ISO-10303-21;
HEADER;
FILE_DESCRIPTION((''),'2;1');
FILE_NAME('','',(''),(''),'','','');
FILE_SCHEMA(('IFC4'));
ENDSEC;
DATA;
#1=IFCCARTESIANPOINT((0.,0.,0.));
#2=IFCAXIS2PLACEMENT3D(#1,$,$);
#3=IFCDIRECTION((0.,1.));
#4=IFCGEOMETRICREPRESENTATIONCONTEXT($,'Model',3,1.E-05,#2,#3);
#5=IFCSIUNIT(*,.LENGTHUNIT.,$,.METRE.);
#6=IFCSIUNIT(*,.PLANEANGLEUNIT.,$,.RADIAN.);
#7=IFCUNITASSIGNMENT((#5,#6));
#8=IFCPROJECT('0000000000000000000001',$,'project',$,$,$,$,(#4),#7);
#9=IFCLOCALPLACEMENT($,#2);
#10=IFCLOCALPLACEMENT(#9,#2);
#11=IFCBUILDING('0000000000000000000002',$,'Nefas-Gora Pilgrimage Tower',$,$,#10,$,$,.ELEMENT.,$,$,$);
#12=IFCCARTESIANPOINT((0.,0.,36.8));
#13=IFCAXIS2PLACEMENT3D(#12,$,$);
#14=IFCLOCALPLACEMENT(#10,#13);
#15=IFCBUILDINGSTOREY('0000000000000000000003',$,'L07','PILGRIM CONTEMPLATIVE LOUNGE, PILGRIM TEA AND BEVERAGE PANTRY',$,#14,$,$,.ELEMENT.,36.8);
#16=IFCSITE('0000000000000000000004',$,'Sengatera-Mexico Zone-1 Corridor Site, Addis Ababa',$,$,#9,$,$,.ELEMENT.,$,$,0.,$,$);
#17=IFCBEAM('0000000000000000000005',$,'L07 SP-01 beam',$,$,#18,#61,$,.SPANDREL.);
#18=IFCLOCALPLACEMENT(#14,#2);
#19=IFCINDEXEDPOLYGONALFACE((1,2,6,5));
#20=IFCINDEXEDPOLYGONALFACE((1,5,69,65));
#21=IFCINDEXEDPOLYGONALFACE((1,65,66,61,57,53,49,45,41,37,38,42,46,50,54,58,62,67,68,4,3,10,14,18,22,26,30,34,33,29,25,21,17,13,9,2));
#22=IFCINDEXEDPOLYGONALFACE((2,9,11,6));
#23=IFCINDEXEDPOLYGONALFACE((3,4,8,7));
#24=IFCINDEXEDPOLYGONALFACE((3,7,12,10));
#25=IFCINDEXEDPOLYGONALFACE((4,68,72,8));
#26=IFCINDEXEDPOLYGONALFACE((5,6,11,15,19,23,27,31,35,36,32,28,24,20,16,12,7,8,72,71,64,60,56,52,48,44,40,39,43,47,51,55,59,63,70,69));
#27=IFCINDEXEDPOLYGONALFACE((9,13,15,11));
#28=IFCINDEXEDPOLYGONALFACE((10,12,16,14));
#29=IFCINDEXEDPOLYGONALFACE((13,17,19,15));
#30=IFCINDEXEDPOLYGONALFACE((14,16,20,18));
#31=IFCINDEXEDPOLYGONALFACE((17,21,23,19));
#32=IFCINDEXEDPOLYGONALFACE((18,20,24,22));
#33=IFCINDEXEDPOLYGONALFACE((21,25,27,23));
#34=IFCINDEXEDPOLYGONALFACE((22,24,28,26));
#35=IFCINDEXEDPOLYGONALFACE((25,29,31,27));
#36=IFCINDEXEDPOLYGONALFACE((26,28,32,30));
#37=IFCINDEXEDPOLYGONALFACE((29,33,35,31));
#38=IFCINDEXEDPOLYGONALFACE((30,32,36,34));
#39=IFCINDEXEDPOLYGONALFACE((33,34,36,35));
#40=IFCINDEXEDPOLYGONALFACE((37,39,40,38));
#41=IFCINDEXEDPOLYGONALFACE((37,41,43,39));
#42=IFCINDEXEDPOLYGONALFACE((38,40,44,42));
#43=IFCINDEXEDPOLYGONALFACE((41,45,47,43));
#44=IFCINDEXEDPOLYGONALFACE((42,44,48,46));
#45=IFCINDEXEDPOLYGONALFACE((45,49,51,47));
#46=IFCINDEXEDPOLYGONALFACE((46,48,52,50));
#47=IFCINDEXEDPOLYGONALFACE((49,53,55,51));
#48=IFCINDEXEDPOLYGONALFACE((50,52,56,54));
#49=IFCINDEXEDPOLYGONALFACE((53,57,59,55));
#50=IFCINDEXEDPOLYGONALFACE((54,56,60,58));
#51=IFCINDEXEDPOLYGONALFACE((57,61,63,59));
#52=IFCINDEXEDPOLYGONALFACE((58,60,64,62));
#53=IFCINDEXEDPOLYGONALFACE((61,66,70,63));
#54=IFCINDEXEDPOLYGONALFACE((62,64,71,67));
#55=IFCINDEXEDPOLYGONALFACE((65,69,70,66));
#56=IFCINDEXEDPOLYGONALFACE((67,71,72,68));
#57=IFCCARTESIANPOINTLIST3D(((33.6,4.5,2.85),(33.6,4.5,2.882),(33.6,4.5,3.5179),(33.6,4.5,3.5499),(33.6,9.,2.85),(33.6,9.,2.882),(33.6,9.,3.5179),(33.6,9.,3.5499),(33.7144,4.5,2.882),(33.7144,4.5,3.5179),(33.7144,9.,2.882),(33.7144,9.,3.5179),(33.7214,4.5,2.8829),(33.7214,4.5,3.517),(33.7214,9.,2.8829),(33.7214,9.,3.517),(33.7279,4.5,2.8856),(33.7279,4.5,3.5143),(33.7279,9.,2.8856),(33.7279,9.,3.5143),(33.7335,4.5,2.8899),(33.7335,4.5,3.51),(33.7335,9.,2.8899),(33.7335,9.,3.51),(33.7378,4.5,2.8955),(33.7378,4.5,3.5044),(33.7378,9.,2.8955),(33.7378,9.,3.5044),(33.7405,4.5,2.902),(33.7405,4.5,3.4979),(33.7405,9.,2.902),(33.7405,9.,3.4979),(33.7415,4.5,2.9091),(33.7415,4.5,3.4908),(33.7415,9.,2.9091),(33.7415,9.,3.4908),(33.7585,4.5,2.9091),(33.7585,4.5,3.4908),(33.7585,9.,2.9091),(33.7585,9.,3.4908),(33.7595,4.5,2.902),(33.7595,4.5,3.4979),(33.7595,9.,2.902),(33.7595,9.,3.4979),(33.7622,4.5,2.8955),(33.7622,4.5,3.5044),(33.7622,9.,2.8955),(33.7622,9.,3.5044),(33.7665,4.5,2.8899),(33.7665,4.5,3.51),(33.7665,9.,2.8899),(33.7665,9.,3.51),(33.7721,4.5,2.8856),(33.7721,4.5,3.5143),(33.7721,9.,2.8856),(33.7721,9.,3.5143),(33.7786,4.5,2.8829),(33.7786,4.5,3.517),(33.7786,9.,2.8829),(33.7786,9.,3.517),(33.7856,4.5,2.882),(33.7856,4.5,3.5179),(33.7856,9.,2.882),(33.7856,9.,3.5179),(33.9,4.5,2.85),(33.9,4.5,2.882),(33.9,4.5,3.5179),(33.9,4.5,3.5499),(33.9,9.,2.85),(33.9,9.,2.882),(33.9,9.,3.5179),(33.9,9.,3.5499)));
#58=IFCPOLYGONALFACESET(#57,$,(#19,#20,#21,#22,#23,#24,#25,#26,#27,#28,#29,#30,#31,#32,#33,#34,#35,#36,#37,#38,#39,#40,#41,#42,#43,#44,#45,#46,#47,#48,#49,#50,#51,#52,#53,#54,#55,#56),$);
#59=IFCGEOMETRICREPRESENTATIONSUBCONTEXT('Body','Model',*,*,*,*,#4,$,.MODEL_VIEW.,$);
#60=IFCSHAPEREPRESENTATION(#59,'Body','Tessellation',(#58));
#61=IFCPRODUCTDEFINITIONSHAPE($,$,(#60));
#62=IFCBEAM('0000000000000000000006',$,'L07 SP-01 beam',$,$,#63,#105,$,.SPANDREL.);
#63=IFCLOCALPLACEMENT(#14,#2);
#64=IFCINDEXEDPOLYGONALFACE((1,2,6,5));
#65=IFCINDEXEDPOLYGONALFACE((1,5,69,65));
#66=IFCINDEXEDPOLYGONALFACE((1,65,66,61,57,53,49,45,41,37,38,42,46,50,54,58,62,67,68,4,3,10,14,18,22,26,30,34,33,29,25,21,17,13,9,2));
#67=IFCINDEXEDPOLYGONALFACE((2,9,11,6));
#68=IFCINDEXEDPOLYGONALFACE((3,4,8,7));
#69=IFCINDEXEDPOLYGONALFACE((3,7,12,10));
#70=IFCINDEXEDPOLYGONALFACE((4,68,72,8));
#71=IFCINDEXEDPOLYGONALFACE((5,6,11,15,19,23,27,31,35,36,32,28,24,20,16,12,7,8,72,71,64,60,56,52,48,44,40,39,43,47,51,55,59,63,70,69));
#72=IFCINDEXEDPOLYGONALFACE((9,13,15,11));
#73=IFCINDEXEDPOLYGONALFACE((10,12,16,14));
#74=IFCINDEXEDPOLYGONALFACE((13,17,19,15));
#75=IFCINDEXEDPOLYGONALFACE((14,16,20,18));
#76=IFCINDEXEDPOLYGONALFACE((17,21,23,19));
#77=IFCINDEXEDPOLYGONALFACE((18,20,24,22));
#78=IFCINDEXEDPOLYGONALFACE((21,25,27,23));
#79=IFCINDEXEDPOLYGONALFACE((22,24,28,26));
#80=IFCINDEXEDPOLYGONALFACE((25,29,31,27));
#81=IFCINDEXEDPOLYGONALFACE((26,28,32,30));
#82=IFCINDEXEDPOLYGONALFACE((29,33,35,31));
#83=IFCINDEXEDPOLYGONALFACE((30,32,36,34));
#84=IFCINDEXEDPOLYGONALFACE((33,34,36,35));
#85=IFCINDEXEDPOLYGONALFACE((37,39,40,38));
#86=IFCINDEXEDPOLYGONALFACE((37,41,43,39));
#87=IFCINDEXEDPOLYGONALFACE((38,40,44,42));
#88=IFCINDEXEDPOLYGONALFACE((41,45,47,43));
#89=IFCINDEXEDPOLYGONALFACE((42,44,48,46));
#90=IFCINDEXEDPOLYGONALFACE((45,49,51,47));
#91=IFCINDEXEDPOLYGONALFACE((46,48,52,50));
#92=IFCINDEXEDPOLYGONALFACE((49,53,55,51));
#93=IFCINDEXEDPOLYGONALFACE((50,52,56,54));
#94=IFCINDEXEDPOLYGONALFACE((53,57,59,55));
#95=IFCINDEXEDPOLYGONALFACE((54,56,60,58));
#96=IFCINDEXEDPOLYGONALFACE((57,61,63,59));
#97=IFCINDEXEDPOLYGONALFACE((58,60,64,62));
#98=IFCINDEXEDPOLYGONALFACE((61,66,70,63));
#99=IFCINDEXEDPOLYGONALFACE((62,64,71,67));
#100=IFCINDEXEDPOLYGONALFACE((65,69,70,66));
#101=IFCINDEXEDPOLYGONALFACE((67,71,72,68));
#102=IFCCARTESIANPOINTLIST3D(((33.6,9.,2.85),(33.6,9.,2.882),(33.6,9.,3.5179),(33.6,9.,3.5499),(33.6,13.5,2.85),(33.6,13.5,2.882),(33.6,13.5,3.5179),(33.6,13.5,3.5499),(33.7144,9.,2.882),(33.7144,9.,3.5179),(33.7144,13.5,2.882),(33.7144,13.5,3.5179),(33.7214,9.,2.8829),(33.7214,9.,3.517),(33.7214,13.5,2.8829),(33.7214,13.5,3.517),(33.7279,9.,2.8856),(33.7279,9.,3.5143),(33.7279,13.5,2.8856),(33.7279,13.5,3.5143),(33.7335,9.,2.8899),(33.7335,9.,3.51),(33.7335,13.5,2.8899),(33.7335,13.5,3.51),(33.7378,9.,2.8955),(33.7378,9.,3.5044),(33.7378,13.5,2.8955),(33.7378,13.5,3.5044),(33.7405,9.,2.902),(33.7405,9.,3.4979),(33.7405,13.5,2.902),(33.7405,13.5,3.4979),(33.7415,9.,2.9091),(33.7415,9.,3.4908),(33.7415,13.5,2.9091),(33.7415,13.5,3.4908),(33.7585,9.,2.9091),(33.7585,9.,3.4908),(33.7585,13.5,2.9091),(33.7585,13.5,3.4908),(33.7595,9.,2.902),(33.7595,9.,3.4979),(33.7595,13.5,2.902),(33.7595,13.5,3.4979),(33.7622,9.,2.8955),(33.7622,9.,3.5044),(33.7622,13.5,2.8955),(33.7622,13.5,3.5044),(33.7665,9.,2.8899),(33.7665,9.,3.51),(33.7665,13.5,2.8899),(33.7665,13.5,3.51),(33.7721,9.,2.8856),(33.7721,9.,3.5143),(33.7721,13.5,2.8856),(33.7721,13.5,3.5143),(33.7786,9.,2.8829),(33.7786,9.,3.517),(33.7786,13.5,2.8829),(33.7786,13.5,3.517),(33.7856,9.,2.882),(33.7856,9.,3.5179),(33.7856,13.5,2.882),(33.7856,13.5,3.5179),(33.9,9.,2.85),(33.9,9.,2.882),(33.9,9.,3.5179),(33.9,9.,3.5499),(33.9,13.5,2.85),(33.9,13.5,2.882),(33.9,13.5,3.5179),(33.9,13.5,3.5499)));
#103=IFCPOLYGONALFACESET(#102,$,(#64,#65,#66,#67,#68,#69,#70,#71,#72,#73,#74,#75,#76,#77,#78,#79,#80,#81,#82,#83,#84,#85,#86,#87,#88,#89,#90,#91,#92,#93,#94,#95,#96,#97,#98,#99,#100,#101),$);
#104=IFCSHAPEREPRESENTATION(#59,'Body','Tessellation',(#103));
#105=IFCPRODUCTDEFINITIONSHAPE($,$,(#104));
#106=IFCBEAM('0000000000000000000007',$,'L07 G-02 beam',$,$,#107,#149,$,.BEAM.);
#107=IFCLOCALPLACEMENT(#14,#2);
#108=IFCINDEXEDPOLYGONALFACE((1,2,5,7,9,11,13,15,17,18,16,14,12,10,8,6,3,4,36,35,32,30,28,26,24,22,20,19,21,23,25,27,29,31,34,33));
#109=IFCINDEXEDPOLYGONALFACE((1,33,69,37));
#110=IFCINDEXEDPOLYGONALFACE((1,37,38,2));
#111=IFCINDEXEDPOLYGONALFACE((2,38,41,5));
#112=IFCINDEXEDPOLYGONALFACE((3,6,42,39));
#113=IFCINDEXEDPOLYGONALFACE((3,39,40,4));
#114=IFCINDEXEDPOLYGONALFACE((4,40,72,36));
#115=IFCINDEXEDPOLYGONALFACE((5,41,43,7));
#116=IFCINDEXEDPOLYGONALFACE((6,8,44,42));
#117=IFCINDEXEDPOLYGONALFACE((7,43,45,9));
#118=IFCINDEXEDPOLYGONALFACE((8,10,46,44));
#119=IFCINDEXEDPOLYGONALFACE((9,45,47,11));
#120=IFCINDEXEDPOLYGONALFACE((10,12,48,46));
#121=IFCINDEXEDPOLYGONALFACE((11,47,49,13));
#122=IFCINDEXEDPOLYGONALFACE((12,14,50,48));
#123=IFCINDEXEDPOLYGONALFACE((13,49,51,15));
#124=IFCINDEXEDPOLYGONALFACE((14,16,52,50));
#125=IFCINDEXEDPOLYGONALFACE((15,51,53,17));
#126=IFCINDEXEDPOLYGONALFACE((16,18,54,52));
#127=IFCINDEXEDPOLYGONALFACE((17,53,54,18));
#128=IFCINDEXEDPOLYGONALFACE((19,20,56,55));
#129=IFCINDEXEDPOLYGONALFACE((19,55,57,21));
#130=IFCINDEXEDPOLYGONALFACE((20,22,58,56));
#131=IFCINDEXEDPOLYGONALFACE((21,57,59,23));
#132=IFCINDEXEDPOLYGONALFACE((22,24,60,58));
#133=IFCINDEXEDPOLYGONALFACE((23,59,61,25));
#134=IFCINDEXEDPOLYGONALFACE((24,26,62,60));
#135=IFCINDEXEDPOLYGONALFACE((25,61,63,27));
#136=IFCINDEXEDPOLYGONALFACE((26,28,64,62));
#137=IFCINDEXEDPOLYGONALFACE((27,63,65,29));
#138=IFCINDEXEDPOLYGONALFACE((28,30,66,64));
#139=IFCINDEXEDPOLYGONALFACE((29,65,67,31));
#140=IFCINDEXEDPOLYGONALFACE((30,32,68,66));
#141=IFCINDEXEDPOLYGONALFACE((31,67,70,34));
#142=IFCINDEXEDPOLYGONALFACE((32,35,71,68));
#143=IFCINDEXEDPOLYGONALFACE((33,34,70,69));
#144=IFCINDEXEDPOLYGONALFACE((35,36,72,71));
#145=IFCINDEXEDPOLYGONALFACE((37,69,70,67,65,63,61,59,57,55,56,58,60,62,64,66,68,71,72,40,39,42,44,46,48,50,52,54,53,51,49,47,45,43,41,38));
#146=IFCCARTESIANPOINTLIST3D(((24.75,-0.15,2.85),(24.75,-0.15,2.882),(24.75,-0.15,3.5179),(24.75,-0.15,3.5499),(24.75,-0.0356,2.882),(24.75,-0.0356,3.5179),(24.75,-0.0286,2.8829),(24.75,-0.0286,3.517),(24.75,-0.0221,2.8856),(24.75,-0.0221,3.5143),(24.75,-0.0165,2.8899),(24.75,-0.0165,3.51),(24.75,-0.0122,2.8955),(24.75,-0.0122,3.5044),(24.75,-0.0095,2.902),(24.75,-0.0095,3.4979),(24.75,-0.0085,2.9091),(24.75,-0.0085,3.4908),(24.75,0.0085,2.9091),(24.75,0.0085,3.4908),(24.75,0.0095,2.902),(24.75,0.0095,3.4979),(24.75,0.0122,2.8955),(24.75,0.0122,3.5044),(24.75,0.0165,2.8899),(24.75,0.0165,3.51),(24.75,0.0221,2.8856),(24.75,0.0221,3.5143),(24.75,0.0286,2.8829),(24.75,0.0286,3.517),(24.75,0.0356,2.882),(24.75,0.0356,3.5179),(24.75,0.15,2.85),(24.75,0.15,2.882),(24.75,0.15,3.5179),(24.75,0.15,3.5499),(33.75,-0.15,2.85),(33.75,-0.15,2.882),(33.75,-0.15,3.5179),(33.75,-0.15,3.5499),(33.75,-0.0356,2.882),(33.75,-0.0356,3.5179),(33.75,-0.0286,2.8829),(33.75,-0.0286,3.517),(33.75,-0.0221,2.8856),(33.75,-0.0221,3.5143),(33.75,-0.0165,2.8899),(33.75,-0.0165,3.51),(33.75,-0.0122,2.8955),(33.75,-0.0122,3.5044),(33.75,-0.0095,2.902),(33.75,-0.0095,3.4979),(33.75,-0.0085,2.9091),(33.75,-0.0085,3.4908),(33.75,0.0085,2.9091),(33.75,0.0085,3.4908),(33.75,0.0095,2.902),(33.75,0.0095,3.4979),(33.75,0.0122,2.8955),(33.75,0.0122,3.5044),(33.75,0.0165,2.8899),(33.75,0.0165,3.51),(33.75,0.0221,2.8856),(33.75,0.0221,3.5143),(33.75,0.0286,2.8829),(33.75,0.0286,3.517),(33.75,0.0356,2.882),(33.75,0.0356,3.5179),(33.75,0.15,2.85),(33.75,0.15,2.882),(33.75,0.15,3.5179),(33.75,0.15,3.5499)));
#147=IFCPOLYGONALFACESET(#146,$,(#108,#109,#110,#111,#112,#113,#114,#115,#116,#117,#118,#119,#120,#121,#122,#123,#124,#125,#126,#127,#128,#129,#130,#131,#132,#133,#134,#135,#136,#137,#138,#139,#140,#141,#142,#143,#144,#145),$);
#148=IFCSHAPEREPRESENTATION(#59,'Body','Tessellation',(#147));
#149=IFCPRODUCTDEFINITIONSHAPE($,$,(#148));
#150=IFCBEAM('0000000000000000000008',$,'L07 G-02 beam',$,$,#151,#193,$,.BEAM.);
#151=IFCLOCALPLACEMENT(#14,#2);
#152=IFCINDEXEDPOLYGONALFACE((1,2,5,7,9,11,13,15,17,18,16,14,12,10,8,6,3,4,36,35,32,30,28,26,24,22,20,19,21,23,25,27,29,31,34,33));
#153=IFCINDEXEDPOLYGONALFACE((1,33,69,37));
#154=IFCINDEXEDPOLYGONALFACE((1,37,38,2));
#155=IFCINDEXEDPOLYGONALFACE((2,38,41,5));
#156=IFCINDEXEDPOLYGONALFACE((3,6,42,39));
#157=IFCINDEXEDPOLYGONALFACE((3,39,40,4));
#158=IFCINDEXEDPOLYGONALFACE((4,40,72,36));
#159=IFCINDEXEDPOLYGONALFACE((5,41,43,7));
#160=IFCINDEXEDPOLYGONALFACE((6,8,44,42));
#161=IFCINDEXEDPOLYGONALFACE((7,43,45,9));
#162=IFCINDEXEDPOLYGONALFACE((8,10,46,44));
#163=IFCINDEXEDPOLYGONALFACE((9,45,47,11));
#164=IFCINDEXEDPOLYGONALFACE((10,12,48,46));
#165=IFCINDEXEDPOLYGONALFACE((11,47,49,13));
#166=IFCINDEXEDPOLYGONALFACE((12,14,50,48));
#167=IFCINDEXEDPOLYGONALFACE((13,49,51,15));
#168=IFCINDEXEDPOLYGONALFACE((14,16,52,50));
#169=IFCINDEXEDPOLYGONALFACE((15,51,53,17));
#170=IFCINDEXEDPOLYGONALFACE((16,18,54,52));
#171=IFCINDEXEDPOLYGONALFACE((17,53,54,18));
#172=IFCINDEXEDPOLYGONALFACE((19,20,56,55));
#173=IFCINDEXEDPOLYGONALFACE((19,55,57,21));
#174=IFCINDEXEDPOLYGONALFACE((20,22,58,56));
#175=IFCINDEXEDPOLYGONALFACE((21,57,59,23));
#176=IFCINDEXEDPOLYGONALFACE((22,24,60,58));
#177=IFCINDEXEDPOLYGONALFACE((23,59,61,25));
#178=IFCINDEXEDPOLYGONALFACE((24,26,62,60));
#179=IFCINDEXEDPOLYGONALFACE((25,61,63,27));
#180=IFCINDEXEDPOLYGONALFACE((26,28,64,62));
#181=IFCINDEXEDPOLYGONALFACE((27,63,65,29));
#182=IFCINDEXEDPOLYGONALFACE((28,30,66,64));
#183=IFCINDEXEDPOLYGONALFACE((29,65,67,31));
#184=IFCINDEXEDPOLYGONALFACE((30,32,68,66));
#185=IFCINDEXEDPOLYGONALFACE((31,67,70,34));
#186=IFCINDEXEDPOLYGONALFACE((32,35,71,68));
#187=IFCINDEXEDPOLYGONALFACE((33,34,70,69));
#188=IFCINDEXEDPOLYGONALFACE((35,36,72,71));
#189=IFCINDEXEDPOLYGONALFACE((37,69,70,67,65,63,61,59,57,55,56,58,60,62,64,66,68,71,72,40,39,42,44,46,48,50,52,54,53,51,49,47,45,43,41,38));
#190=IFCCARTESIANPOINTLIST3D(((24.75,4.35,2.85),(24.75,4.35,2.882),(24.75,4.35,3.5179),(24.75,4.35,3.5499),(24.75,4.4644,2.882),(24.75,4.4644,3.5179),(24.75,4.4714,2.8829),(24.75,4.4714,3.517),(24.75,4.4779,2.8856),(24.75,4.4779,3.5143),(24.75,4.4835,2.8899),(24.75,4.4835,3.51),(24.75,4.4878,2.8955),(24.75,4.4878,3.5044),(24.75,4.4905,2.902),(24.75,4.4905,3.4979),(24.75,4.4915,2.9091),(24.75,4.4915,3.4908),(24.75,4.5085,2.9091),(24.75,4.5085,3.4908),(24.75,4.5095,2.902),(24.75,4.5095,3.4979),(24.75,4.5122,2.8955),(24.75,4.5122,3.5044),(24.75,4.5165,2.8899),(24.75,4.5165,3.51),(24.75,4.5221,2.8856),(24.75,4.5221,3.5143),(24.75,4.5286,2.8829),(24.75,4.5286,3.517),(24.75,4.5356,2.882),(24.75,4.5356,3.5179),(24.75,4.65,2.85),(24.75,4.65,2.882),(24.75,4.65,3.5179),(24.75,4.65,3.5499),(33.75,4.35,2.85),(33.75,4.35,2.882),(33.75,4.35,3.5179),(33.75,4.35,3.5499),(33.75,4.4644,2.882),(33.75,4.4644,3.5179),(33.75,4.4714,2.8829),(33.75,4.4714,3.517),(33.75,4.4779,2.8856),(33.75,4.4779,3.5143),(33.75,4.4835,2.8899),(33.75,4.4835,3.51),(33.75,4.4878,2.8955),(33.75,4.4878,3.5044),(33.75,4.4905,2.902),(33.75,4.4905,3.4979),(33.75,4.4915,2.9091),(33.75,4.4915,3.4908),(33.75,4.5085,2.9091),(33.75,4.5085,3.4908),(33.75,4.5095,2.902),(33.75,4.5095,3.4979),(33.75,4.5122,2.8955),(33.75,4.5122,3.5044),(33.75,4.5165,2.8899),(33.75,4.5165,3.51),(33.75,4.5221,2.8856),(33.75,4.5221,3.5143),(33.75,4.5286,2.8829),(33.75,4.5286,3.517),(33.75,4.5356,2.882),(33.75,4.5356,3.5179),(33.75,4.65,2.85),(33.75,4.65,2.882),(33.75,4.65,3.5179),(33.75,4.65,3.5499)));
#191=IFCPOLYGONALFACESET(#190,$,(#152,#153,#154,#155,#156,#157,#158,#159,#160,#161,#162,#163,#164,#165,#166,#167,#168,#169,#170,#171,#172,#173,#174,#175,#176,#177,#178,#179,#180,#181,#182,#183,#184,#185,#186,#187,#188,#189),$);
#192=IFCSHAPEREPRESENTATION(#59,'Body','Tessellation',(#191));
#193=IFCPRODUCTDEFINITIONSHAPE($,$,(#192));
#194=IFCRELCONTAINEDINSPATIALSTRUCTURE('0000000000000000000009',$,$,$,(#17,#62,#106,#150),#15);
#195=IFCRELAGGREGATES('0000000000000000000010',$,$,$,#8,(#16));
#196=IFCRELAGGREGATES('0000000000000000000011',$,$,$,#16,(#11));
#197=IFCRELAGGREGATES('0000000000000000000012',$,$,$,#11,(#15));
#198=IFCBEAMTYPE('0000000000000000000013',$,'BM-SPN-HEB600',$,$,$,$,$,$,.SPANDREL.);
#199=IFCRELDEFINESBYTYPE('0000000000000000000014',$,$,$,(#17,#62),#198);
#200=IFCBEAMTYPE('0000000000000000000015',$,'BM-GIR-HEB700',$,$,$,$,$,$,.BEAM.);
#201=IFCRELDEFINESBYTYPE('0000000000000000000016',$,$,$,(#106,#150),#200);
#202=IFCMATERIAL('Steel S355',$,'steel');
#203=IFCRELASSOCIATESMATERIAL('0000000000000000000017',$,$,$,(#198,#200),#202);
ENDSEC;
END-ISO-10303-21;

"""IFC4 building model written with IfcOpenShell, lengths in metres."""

from ifc_helpers import new_model, si_unit, direction, frame, origin, origin_2d, place, context, subcontext, project, spatial, i_section, extrude, source, transform, mapped, material, material_profile, profile_set, type_object, element, save


model = new_model("IFC4")

# Units and contexts
model_context = context("Model", 3, precision=1e-05, world=origin(), true_north=direction((0.0, 1.0)))
body_context = subcontext(model_context, "Body", "Model", "MODEL_VIEW")
ifc_project = project(units=[si_unit("LENGTHUNIT", "METRE"), si_unit("PLANEANGLEUNIT", "RADIAN")], contexts=[model_context])

# Site, building, storey
site_placement = place(None, origin())
site = spatial("IfcSite", under=ifc_project, at=site_placement, Name="Sengatera-Mexico Zone-1 Corridor Site, Addis Ababa", CompositionType="ELEMENT", RefElevation=0.0)
building_placement = place(site_placement, origin())
building = spatial("IfcBuilding", under=site, at=building_placement, Name="Nefas-Gora Pilgrimage Tower", CompositionType="ELEMENT")
storey_placement = place(building_placement, frame((0.0, 0.0, 36.8)))
storey = spatial("IfcBuildingStorey", under=building, at=storey_placement, Name="L07", Description="PILGRIM CONTEMPLATIVE LOUNGE, PILGRIM TEA AND BEVERAGE PANTRY", CompositionType="ELEMENT", Elevation=36.8)

# Beams
ifc_material_1 = material(Name="Steel S355", Category="steel")
ifc_material_profile_1 = material_profile(ifc_material_1, i_section(OverallWidth=0.3, OverallDepth=0.7, WebThickness=0.0171, FlangeThickness=0.032, FilletRadius=0.0271, at=origin_2d()), Name="HEB 700")
ifc_profile_set_1 = profile_set([ifc_material_profile_1], Name="Steel S355")
beam_type_1 = type_object("IfcBeamType", Name="BM-SPN-HEB600", PredefinedType="SPANDREL", material=ifc_profile_set_1)
shared_shape_1 = source(origin(), body_context, "Body", "SweptSolid", [
    extrude(i_section(OverallWidth=0.3, OverallDepth=0.7, WebThickness=0.0171, FlangeThickness=0.032, FilletRadius=0.0271, at=origin_2d()), origin(), (0.0, 0.0, 1.0), 4.5),
])
for number, where, z_axis, x_axis, name in (
    (1, (33.75, 4.5, 3.2), (0.0, 1.0, 0.0), (-1.0, 0.0, 0.0), "L07 SP-01 beam"),
    (2, (33.75, 9.0, 3.2), (0.0, 1.0, 0.0), (-1.0, 0.0, 0.0), "L07 SP-01 beam"),
):
    element("IfcBeam", number, at=place(storey_placement, frame(where, z_axis=z_axis, x_axis=x_axis)), inside=storey, type_object=beam_type_1, Name=name, PredefinedType="SPANDREL", context=body_context, shape_type="MappedRepresentation", body=[
        mapped(shared_shape_1, transform((0.0, 0.0, 0.0), x_axis=(1.0, 0.0, 0.0), y_axis=(0.0, 1.0, 0.0), z_axis=(0.0, 0.0, 1.0), scale=1.0)),
    ])
ifc_material_profile_2 = material_profile(ifc_material_1, i_section(OverallWidth=0.3, OverallDepth=0.7, WebThickness=0.0171, FlangeThickness=0.032, FilletRadius=0.0271, at=origin_2d()), Name="HEB 700")
ifc_profile_set_2 = profile_set([ifc_material_profile_2], Name="Steel S355")
beam_type_2 = type_object("IfcBeamType", Name="BM-GIR-HEB700", PredefinedType="BEAM", material=ifc_profile_set_2)
shared_shape_2 = source(origin(), body_context, "Body", "SweptSolid", [
    extrude(i_section(OverallWidth=0.3, OverallDepth=0.7, WebThickness=0.0171, FlangeThickness=0.032, FilletRadius=0.0271, at=origin_2d()), origin(), (0.0, 0.0, 1.0), 9.0),
])
for number, where, z_axis, x_axis, name in (
    (3, (24.75, 0.0, 3.2), (1.0, 0.0, 0.0), (0.0, 1.0, 0.0), "L07 G-02 beam"),
    (4, (24.75, 4.5, 3.2), (1.0, 0.0, 0.0), (0.0, 1.0, 0.0), "L07 G-02 beam"),
):
    element("IfcBeam", number, at=place(storey_placement, frame(where, z_axis=z_axis, x_axis=x_axis)), inside=storey, type_object=beam_type_2, Name=name, PredefinedType="BEAM", context=body_context, shape_type="MappedRepresentation", body=[
        mapped(shared_shape_2, transform((0.0, 0.0, 0.0), x_axis=(1.0, 0.0, 0.0), y_axis=(0.0, 1.0, 0.0), z_axis=(0.0, 0.0, 1.0), scale=1.0)),
    ])

save(model, "model.ifc")
